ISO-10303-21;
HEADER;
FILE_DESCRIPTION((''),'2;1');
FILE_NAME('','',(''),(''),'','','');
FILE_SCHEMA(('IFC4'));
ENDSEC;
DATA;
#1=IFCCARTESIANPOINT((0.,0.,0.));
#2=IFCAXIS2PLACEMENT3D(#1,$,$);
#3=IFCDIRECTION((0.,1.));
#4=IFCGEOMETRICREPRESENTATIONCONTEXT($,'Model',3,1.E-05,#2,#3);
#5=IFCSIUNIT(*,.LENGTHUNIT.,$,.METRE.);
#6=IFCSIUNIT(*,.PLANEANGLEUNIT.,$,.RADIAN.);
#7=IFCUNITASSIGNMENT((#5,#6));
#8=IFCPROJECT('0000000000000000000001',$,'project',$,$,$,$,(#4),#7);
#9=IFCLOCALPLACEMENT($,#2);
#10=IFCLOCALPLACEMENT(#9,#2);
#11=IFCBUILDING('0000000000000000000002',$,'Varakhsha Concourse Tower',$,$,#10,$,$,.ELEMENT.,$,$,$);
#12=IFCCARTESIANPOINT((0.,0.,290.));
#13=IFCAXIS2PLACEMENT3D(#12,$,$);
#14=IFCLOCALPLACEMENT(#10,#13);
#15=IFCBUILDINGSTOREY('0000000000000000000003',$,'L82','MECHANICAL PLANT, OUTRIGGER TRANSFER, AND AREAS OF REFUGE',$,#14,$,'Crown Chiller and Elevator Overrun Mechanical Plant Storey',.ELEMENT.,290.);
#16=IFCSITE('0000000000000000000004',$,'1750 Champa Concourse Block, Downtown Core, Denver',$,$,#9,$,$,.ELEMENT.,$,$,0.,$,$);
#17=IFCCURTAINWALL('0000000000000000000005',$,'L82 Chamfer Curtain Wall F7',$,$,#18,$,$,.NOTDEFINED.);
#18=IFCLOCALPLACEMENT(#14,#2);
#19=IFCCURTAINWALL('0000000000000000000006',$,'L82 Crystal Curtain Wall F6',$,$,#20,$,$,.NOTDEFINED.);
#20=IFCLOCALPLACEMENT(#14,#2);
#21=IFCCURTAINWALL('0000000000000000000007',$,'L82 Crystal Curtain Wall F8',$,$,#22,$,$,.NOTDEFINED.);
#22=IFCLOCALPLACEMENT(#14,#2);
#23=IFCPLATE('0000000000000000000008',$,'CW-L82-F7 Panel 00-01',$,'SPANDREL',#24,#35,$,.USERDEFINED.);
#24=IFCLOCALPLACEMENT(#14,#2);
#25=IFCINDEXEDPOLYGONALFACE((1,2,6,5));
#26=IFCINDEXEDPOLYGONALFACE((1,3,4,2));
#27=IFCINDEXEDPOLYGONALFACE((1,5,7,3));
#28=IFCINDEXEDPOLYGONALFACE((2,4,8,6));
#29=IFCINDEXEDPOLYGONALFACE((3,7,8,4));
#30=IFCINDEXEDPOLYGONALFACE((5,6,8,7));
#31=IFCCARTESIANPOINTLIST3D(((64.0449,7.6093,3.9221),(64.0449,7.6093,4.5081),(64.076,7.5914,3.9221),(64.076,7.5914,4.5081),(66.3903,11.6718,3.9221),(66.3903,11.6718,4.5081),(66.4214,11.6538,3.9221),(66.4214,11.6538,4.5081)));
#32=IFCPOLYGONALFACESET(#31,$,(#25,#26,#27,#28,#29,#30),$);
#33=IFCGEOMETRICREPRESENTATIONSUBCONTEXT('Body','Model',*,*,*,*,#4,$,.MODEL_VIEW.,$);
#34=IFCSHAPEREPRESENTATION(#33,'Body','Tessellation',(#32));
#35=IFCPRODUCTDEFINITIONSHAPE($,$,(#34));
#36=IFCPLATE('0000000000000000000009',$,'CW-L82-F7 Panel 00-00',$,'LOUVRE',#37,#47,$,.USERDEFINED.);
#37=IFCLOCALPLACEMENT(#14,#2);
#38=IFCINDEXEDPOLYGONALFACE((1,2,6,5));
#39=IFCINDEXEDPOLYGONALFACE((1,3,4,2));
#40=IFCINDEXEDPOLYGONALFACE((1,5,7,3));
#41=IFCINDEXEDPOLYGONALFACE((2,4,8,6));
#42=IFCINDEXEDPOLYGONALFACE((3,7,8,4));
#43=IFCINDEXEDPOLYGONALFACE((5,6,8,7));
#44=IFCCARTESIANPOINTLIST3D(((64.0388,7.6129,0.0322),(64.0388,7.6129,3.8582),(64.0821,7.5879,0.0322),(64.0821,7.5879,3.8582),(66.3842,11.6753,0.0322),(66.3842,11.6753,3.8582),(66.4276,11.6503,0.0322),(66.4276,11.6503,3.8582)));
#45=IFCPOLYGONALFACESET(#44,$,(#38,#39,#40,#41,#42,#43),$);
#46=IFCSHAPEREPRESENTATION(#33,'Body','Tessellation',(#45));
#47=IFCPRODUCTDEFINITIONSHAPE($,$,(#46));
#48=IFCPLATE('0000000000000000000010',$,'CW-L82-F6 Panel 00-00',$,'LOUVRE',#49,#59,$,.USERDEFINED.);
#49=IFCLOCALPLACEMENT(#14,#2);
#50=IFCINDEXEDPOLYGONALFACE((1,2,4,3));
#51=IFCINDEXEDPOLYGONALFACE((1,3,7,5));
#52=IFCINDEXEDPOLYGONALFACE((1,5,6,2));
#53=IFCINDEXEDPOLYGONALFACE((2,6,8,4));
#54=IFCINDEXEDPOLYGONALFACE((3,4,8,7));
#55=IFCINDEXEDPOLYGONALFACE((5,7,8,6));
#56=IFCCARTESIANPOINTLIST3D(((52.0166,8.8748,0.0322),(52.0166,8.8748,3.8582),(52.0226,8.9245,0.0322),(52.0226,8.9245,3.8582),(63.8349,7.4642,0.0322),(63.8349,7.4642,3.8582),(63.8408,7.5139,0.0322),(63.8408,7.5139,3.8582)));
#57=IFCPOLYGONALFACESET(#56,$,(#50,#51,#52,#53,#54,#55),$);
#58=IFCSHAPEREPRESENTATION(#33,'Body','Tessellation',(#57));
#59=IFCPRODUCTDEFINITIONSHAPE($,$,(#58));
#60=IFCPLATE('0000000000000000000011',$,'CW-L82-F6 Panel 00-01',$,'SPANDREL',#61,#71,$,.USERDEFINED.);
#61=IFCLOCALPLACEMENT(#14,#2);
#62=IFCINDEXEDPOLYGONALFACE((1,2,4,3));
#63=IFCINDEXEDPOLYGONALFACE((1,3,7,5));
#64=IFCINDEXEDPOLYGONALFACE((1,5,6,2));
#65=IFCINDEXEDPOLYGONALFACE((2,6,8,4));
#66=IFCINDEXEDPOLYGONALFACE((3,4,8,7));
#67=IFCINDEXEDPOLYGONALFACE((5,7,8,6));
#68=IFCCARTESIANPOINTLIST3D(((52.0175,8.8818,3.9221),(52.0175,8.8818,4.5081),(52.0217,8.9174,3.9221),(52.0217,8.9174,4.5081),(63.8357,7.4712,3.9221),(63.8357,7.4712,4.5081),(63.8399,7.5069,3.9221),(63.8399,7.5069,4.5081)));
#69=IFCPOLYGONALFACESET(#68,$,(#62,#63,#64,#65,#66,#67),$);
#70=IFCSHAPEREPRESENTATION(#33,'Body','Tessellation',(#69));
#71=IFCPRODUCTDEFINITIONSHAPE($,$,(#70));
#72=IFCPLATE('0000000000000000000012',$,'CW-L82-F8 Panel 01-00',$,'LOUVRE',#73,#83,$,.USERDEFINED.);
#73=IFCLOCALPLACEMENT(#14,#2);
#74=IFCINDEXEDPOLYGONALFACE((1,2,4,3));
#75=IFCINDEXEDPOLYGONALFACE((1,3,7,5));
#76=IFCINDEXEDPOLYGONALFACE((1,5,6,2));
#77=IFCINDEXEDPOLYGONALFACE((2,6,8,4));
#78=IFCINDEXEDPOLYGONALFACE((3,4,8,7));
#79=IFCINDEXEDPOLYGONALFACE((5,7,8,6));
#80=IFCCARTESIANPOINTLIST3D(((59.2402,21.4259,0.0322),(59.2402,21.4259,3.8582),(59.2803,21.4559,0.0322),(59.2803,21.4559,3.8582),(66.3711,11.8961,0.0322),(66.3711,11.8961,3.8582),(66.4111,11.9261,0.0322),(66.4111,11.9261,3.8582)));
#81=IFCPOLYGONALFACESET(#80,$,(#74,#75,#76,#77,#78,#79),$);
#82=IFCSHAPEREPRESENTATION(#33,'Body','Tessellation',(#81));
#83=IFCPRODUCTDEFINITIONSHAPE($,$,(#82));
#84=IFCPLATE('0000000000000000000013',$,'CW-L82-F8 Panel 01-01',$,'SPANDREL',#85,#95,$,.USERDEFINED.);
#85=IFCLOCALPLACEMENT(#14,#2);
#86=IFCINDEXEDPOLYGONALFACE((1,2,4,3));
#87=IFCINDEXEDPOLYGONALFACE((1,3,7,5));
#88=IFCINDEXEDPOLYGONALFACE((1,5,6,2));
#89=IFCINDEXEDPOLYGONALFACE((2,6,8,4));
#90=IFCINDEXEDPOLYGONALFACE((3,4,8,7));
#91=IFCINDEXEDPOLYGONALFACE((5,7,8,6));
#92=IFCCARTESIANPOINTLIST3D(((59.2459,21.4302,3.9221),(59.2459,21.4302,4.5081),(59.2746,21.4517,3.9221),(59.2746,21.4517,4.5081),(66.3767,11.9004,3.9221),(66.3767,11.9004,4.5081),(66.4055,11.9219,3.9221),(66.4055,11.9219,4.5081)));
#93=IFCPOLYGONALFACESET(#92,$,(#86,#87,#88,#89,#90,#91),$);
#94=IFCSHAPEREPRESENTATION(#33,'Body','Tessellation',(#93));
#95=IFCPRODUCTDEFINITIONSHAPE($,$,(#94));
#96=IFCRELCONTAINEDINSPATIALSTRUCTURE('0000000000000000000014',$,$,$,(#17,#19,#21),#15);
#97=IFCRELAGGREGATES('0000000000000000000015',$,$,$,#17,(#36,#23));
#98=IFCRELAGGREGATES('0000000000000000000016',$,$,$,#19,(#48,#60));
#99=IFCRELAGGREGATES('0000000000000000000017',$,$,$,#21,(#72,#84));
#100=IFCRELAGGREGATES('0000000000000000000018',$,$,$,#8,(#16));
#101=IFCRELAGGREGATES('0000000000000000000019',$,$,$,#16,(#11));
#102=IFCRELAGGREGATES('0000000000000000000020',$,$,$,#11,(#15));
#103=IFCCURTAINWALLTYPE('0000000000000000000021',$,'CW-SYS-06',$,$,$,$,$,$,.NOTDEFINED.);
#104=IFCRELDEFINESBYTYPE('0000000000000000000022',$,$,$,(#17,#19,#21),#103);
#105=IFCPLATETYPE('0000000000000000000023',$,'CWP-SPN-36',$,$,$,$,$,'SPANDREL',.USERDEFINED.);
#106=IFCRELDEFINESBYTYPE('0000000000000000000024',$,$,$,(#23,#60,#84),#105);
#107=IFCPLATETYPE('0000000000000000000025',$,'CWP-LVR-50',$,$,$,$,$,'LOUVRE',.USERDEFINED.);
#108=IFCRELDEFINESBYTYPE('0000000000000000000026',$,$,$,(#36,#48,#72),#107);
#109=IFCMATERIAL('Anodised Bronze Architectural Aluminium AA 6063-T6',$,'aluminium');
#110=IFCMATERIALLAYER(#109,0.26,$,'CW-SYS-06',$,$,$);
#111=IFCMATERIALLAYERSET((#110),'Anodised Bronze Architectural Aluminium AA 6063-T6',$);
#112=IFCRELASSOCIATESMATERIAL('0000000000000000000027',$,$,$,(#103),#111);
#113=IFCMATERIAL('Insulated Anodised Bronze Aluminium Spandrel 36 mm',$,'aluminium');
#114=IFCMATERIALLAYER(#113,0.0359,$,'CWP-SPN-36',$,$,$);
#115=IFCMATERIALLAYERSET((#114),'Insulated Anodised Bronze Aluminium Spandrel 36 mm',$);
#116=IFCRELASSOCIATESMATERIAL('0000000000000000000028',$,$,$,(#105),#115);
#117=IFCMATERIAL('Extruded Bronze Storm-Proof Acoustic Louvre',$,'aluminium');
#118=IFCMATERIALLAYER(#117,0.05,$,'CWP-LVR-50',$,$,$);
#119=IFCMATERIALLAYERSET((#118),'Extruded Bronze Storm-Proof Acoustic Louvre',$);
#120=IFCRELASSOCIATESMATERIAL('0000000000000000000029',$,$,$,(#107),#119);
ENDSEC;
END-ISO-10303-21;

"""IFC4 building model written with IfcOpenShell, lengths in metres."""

from ifc_helpers import new_model, si_unit, direction, frame, origin, origin_2d, place, context, subcontext, project, spatial, rectangle, extrude, source, transform, mapped, material, layer, layer_set, type_object, type_shapes, element, aggregate, save


model = new_model("IFC4")

# Units and contexts
model_context = context("Model", 3, precision=1e-05, world=origin(), true_north=direction((0.0, 1.0)))
body_context = subcontext(model_context, "Body", "Model", "MODEL_VIEW")
ifc_project = project(units=[si_unit("LENGTHUNIT", "METRE"), si_unit("PLANEANGLEUNIT", "RADIAN")], contexts=[model_context])

# Site, building, storey
site_placement = place(None, origin())
site = spatial("IfcSite", under=ifc_project, at=site_placement, Name="1750 Champa Concourse Block, Downtown Core, Denver", CompositionType="ELEMENT", RefElevation=0.0)
building_placement = place(site_placement, origin())
building = spatial("IfcBuilding", under=site, at=building_placement, Name="Varakhsha Concourse Tower", CompositionType="ELEMENT")
storey_placement = place(building_placement, frame((0.0, 0.0, 290.0)))
storey = spatial("IfcBuildingStorey", under=building, at=storey_placement, Name="L82", Description="MECHANICAL PLANT, OUTRIGGER TRANSFER, AND AREAS OF REFUGE", LongName="Crown Chiller and Elevator Overrun Mechanical Plant Storey", CompositionType="ELEMENT", Elevation=290.0)

# Curtain walls
ifc_material_1 = material(Name="Anodised Bronze Architectural Aluminium AA 6063-T6", Category="aluminium")
ifc_layer_1 = layer(ifc_material_1, 0.26, Name="CW-SYS-06")
ifc_layer_set_1 = layer_set([ifc_layer_1], Name="Anodised Bronze Architectural Aluminium AA 6063-T6")
curtain_wall_type = type_object("IfcCurtainWallType", Name="CW-SYS-06", PredefinedType="NOTDEFINED", material=ifc_layer_set_1)
curtain_wall_1_placement = place(storey_placement, origin())
curtain_wall_1 = element("IfcCurtainWall", 1, at=curtain_wall_1_placement, inside=storey, type_object=curtain_wall_type, Name="L82 Chamfer Curtain Wall F7", PredefinedType="NOTDEFINED")
curtain_wall_2_placement = place(storey_placement, origin())
curtain_wall_2 = element("IfcCurtainWall", 2, at=curtain_wall_2_placement, inside=storey, type_object=curtain_wall_type, Name="L82 Crystal Curtain Wall F6", PredefinedType="NOTDEFINED")

# Curtain wall
curtain_wall_3_placement = place(storey_placement, origin())
curtain_wall_3 = element("IfcCurtainWall", 3, at=curtain_wall_3_placement, inside=storey, type_object=curtain_wall_type, Name="L82 Crystal Curtain Wall F8", PredefinedType="NOTDEFINED")

# Plates
ifc_material_2 = material(Name="Insulated Anodised Bronze Aluminium Spandrel 36 mm", Category="aluminium")
ifc_layer_2 = layer(ifc_material_2, 0.0359, Name="CWP-SPN-36")
ifc_layer_set_2 = layer_set([ifc_layer_2], Name="Insulated Anodised Bronze Aluminium Spandrel 36 mm")
plate_type_1 = type_object("IfcPlateType", Name="CWP-SPN-36", ElementType="SPANDREL", PredefinedType="USERDEFINED", material=ifc_layer_set_2)
shared_shape_1 = source(origin(), body_context, "Body", "SweptSolid", [
    extrude(rectangle(XDim=4.6909, YDim=0.0359, at=origin_2d()), origin(), (0.0, 0.0, 1.0), 0.5859),
])
plate_1_placement = place(storey_placement, frame((65.2332, 9.6316, 3.9221), z_axis=(0.0, 0.0, 1.0), x_axis=(-0.499998, -0.866026, 0.0)))
plate_1 = element("IfcPlate", 4, at=plate_1_placement, type_object=plate_type_1, Name="CW-L82-F7 Panel 00-01", ObjectType="SPANDREL", PredefinedType="USERDEFINED", context=body_context, shape_type="MappedRepresentation", body=[
    mapped(shared_shape_1, transform((0.0, 0.0, 0.0), scale=1.0)),
])
ifc_material_3 = material(Name="Extruded Bronze Storm-Proof Acoustic Louvre", Category="aluminium")
ifc_layer_3 = layer(ifc_material_3, 0.05, Name="CWP-LVR-50")
ifc_layer_set_3 = layer_set([ifc_layer_3], Name="Extruded Bronze Storm-Proof Acoustic Louvre")
plate_type_2 = type_object("IfcPlateType", Name="CWP-LVR-50", ElementType="LOUVRE", PredefinedType="USERDEFINED", material=ifc_layer_set_3)
shared_shape_2 = source(origin(), body_context, "Body", "SweptSolid", [
    extrude(rectangle(XDim=4.6909, YDim=0.05, at=origin_2d()), origin(), (0.0, 0.0, 1.0), 3.8259),
])
plate_2_placement = place(storey_placement, frame((65.2332, 9.6316, 0.0322), z_axis=(0.0, 0.0, 1.0), x_axis=(-0.499998, -0.866026, 0.0)))
plate_2 = element("IfcPlate", 5, at=plate_2_placement, type_object=plate_type_2, Name="CW-L82-F7 Panel 00-00", ObjectType="LOUVRE", PredefinedType="USERDEFINED", context=body_context, shape_type="MappedRepresentation", body=[
    mapped(shared_shape_2, transform((0.0, 0.0, 0.0), scale=1.0)),
])
aggregate(curtain_wall_1, [plate_2, plate_1])
shared_shape_3 = source(origin(), body_context, "Body", "SweptSolid", [
    extrude(rectangle(XDim=11.9021, YDim=0.05, at=origin_2d()), origin(), (0.0, 0.0, 1.0), 3.8259),
])
plate_3_placement = place(storey_placement, frame((57.9287, 8.1943, 0.0322), z_axis=(0.0, 0.0, 1.0), x_axis=(-0.992952, 0.118513, 0.0)))
plate_3 = element("IfcPlate", 6, at=plate_3_placement, type_object=plate_type_2, Name="CW-L82-F6 Panel 00-00", ObjectType="LOUVRE", PredefinedType="USERDEFINED", context=body_context, shape_type="MappedRepresentation", body=[
    mapped(shared_shape_3, transform((0.0, 0.0, 0.0), scale=1.0)),
])
shared_shape_4 = source(origin(), body_context, "Body", "SweptSolid", [
    extrude(rectangle(XDim=11.9021, YDim=0.0359, at=origin_2d()), origin(), (0.0, 0.0, 1.0), 0.5859),
])
plate_4_placement = place(storey_placement, frame((57.9287, 8.1943, 3.9221), z_axis=(0.0, 0.0, 1.0), x_axis=(-0.992952, 0.118513, 0.0)))
plate_4 = element("IfcPlate", 7, at=plate_4_placement, type_object=plate_type_1, Name="CW-L82-F6 Panel 00-01", ObjectType="SPANDREL", PredefinedType="USERDEFINED", context=body_context, shape_type="MappedRepresentation", body=[
    mapped(shared_shape_4, transform((0.0, 0.0, 0.0), scale=1.0)),
])
aggregate(curtain_wall_2, [plate_3, plate_4])
shared_shape_5 = source(origin(), body_context, "Body", "SweptSolid", [
    extrude(rectangle(XDim=11.9023, YDim=0.05, at=origin_2d()), origin(), (0.0, 0.0, 1.0), 3.8259),
])
type_shapes(plate_type_2, [shared_shape_2, shared_shape_3, shared_shape_5])
plate_5_placement = place(storey_placement, frame((62.8257, 16.676, 0.0322), z_axis=(0.0, 0.0, 1.0), x_axis=(0.599112, -0.800666, 0.0)))
plate_5 = element("IfcPlate", 8, at=plate_5_placement, type_object=plate_type_2, Name="CW-L82-F8 Panel 01-00", ObjectType="LOUVRE", PredefinedType="USERDEFINED", context=body_context, shape_type="MappedRepresentation", body=[
    mapped(shared_shape_5, transform((0.0, 0.0, 0.0), scale=1.0)),
])
shared_shape_6 = source(origin(), body_context, "Body", "SweptSolid", [
    extrude(rectangle(XDim=11.9023, YDim=0.0359, at=origin_2d()), origin(), (0.0, 0.0, 1.0), 0.5859),
])
type_shapes(plate_type_1, [shared_shape_1, shared_shape_4, shared_shape_6])
plate_6_placement = place(storey_placement, frame((62.8257, 16.676, 3.9221), z_axis=(0.0, 0.0, 1.0), x_axis=(0.599112, -0.800666, 0.0)))
plate_6 = element("IfcPlate", 9, at=plate_6_placement, type_object=plate_type_1, Name="CW-L82-F8 Panel 01-01", ObjectType="SPANDREL", PredefinedType="USERDEFINED", context=body_context, shape_type="MappedRepresentation", body=[
    mapped(shared_shape_6, transform((0.0, 0.0, 0.0), scale=1.0)),
])
aggregate(curtain_wall_3, [plate_5, plate_6])

save(model, "model.ifc")
